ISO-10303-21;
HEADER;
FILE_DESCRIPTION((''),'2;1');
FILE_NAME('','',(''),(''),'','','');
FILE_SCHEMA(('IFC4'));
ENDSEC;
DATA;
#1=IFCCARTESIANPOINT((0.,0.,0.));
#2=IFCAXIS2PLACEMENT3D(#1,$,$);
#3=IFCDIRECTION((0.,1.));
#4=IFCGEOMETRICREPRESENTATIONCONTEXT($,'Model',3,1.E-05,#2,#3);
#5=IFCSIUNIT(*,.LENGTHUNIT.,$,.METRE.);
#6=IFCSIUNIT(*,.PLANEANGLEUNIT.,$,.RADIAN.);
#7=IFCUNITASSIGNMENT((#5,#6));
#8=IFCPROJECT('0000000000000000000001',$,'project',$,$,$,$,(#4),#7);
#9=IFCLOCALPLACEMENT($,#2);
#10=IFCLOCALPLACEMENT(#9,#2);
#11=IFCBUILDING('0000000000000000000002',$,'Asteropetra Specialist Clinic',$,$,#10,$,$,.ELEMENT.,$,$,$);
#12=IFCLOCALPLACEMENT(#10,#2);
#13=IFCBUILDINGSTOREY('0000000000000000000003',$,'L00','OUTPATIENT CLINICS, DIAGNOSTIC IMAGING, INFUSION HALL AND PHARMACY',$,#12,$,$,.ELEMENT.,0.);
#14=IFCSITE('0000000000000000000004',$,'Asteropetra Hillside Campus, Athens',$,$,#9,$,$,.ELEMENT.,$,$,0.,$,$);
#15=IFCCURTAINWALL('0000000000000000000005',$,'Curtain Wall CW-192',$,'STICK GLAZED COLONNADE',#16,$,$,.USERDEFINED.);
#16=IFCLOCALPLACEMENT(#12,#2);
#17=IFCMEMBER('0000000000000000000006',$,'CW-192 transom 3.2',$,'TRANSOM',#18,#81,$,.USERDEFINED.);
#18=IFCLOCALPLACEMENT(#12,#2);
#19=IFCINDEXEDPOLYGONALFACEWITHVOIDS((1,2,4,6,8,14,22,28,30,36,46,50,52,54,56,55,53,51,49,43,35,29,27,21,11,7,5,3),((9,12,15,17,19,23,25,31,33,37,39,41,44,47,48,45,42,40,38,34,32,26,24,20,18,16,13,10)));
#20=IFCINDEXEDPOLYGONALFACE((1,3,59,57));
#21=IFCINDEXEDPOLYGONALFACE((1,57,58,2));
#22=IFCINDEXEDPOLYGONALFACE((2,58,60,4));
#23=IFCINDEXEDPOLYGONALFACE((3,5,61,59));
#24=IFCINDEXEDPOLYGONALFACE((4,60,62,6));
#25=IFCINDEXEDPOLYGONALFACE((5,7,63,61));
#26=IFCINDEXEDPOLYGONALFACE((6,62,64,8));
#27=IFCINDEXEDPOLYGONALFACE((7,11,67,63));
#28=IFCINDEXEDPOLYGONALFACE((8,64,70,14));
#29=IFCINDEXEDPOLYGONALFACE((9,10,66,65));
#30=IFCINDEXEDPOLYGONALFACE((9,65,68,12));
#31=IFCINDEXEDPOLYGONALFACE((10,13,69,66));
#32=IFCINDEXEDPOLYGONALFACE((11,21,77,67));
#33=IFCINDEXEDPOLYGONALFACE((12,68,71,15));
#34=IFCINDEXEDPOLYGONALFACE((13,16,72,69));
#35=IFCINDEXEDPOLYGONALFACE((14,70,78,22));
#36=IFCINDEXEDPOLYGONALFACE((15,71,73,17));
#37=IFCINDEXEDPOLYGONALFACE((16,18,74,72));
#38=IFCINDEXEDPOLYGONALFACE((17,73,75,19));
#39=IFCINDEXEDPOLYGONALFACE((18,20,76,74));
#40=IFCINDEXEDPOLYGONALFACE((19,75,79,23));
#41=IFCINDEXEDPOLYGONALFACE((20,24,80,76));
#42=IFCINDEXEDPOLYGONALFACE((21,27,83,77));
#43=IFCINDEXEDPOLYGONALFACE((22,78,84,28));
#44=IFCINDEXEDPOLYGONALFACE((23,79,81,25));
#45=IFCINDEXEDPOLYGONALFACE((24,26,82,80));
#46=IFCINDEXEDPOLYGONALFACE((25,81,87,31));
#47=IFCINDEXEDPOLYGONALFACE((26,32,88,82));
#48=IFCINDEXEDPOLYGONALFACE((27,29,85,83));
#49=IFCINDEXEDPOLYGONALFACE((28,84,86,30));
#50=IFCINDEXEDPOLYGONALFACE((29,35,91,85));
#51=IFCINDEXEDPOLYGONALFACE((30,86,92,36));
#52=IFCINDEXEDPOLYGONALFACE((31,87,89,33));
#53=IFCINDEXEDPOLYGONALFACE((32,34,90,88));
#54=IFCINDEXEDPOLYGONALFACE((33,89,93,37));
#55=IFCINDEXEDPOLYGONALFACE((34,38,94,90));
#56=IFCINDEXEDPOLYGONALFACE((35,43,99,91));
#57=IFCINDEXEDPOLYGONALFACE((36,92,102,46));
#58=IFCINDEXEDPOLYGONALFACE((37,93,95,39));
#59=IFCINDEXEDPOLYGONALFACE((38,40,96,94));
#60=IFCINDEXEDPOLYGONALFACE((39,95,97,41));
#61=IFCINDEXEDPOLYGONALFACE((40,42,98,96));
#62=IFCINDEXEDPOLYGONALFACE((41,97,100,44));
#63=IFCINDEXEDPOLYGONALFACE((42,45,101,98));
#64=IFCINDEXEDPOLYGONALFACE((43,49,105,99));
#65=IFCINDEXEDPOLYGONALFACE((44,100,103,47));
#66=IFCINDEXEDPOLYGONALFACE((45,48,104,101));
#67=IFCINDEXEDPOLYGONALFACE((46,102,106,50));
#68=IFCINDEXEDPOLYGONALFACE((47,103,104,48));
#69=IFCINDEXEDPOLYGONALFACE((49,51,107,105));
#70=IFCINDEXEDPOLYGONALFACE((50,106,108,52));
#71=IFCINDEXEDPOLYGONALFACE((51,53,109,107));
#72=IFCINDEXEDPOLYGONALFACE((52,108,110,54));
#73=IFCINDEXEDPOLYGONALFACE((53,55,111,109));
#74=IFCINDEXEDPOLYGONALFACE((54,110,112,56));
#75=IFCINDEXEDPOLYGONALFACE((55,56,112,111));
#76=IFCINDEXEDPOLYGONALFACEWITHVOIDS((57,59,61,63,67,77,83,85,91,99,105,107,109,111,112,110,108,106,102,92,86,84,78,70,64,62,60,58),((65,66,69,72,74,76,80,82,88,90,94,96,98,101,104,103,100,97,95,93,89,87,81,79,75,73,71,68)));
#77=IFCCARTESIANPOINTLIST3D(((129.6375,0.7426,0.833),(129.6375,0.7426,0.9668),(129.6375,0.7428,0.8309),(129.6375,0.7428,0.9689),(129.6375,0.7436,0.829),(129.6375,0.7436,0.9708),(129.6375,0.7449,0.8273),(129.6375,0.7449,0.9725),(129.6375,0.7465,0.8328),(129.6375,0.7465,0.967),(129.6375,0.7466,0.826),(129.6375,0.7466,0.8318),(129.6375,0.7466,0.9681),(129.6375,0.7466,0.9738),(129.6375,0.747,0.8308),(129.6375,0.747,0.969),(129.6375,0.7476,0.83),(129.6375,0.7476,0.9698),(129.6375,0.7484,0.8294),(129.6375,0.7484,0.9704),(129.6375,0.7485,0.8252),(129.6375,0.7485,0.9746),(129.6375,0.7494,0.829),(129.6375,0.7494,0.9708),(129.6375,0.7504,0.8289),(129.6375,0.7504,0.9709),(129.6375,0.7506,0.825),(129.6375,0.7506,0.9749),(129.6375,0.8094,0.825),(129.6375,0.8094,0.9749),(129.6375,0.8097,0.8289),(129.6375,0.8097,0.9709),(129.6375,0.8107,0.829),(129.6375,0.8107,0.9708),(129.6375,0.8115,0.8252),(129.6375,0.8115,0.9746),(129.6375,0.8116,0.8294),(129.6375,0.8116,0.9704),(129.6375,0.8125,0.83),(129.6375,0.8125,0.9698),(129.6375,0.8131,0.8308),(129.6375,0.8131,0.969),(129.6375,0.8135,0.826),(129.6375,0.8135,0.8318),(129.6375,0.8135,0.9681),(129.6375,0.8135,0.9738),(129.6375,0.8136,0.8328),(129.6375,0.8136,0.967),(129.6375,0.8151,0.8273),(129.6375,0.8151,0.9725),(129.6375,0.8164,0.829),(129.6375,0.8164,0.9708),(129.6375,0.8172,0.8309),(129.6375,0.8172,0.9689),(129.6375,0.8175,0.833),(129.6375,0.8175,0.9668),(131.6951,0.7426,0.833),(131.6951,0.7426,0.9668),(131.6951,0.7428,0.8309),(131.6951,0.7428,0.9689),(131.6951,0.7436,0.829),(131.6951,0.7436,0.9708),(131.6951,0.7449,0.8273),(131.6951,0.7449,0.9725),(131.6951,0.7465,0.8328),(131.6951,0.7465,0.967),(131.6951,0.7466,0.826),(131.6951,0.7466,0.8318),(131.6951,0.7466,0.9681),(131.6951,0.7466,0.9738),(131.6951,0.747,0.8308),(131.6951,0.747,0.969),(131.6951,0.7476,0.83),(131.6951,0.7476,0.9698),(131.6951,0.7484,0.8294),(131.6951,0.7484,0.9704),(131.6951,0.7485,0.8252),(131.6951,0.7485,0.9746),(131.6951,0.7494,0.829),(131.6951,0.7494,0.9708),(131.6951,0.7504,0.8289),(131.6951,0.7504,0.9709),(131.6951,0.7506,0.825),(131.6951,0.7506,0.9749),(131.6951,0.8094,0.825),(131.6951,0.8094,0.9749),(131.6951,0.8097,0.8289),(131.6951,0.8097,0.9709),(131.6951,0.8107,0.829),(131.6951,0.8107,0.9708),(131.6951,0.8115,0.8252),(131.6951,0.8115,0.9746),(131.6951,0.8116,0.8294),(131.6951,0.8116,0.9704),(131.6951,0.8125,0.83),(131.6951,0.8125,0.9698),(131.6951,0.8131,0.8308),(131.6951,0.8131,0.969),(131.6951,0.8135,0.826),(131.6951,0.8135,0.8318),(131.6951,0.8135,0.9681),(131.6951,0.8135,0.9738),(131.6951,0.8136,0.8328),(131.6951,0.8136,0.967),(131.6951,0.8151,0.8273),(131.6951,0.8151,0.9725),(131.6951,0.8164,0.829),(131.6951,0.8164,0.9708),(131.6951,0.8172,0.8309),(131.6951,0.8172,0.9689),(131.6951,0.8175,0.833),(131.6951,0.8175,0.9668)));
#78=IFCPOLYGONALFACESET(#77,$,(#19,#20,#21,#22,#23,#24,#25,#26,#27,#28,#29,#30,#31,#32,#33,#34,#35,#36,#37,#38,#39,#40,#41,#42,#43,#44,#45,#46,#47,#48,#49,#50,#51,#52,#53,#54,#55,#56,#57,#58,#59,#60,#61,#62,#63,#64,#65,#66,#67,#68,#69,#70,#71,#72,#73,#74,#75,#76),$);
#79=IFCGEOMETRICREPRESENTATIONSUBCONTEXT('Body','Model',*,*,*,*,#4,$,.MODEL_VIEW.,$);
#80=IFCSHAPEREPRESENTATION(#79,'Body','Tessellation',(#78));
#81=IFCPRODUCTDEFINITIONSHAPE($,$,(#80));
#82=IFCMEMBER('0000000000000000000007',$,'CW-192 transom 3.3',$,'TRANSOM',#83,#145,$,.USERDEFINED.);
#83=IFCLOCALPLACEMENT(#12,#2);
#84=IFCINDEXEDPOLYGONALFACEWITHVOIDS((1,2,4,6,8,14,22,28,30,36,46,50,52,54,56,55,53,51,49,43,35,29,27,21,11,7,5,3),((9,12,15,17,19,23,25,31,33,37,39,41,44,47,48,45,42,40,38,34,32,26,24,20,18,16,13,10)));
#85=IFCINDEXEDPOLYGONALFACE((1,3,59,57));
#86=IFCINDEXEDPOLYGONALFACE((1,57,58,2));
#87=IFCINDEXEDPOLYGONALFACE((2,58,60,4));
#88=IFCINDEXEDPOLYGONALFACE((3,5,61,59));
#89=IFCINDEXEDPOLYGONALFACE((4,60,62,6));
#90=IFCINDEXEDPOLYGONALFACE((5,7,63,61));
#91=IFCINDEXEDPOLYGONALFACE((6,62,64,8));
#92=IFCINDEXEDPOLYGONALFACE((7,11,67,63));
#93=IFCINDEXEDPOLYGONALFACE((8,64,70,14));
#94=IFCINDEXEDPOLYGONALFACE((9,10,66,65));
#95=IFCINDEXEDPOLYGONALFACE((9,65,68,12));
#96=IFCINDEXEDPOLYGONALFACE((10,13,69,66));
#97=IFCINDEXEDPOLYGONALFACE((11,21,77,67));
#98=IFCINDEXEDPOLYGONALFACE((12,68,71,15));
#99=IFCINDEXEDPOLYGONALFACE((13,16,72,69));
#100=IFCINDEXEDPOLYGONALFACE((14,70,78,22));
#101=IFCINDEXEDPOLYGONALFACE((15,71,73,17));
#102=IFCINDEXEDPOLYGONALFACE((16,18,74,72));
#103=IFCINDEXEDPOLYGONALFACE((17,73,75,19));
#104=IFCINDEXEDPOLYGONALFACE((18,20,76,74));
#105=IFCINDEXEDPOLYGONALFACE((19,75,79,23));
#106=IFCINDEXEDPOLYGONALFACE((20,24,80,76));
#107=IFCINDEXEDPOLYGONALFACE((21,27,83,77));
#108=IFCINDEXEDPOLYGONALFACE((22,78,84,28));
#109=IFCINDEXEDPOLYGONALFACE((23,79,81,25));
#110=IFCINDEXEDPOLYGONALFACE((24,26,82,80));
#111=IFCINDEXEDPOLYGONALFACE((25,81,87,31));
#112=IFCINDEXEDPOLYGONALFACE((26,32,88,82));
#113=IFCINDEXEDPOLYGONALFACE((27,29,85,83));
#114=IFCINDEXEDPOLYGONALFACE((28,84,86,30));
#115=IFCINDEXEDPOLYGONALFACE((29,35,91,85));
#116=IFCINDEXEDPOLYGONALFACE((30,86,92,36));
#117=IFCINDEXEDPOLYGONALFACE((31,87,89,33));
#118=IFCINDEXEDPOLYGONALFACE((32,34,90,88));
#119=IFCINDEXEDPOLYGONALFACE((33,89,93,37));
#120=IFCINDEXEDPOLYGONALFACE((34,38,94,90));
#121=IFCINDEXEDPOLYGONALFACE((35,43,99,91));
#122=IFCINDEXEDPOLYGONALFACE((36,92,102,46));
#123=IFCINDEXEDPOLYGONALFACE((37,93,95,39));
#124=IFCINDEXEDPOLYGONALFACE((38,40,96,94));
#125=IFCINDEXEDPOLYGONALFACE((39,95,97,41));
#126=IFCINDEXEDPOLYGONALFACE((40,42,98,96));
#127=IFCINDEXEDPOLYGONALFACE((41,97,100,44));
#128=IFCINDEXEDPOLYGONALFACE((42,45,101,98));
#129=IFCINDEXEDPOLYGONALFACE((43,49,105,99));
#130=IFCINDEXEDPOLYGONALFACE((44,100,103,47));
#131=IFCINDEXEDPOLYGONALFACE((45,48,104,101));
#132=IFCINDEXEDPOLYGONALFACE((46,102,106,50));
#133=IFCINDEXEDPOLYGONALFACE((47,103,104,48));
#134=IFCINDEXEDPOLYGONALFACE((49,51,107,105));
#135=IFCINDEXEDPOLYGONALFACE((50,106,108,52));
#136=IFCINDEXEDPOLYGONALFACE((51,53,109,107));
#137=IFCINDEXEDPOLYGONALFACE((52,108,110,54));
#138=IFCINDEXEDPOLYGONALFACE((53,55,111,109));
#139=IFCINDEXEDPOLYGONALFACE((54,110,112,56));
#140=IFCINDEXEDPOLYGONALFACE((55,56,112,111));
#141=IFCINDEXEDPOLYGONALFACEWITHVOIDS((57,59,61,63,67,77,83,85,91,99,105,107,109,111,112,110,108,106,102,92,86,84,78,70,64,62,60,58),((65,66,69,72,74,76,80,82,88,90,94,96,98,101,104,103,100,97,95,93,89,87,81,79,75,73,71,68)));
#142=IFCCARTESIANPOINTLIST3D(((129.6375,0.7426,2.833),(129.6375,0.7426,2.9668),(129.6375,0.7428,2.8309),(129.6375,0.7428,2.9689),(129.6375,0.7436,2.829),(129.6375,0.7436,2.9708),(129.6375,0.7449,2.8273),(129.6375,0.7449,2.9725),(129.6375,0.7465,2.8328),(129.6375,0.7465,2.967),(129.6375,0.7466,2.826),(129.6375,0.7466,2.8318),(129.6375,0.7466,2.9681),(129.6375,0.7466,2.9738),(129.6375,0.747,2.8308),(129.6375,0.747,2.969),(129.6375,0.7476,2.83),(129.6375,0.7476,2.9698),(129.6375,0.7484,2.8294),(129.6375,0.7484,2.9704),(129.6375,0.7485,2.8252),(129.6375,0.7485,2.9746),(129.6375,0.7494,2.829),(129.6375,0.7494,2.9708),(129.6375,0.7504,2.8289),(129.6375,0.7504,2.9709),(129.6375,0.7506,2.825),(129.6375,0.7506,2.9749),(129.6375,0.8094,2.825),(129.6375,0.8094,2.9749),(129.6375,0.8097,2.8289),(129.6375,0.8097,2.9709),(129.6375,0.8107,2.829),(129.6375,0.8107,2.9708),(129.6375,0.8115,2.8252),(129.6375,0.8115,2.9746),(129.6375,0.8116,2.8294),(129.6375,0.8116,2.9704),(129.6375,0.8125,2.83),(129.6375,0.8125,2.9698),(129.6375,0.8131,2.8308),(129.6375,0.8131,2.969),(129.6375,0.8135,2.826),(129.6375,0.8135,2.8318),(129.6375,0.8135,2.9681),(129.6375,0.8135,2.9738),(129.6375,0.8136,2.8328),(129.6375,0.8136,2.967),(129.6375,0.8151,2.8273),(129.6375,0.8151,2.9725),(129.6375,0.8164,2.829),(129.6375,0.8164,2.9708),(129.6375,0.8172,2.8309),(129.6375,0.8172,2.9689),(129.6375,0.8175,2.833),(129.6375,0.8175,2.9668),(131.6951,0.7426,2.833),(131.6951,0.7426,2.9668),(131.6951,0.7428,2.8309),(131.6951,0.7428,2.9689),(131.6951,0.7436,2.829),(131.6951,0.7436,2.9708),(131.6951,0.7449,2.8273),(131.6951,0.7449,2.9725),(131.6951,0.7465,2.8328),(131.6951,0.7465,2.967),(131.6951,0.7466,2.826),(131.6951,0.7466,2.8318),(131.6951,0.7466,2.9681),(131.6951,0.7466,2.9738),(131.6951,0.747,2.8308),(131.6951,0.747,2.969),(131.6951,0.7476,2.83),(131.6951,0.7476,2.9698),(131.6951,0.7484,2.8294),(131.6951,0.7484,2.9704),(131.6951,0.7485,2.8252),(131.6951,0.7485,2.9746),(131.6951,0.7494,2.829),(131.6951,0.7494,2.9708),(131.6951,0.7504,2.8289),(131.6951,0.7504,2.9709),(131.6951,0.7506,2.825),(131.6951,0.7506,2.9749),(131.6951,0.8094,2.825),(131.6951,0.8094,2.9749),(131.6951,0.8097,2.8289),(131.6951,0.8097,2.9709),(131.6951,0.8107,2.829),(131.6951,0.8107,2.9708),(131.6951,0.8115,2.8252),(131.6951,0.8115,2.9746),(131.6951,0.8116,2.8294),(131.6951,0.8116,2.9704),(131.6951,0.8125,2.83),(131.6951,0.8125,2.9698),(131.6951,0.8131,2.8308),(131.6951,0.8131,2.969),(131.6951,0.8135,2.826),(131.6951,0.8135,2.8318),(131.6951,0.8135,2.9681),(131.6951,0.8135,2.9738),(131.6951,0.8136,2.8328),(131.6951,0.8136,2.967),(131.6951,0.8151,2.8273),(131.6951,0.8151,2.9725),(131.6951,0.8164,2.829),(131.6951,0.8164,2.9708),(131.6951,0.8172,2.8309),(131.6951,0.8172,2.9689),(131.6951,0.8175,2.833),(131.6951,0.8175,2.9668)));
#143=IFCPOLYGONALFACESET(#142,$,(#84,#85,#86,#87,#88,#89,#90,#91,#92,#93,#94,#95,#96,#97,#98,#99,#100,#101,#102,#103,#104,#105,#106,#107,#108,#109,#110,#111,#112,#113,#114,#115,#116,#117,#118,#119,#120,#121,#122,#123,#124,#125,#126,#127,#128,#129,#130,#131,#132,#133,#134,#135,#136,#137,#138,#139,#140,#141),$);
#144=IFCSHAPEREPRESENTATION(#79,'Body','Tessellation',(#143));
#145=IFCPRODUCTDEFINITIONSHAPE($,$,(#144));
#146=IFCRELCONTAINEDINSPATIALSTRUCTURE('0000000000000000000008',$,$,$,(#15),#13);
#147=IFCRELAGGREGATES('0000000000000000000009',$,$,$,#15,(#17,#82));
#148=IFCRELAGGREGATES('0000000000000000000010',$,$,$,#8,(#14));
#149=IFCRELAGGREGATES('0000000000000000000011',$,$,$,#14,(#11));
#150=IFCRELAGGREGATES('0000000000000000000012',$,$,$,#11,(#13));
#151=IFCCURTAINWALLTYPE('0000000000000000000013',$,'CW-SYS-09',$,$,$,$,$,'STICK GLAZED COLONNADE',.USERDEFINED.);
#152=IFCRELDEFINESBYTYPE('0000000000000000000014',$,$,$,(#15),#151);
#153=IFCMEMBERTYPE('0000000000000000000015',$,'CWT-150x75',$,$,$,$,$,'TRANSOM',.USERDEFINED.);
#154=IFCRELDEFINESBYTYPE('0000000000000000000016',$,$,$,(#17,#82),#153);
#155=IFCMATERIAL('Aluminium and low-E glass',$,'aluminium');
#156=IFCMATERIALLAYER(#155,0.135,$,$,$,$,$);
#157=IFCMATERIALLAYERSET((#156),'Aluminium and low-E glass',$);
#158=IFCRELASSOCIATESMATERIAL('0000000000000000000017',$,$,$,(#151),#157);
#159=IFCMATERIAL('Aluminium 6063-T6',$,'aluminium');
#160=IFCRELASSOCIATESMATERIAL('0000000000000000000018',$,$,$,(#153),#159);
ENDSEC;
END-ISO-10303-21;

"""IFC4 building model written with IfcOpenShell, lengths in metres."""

from ifc_helpers import new_model, si_unit, direction, frame, origin, origin_2d, place, context, subcontext, project, spatial, hollow_rectangle, extrude, material, layer, layer_set, material_profile, profile_set, type_object, element, aggregate, save


model = new_model("IFC4")

# Units and contexts
model_context = context("Model", 3, precision=1e-05, world=origin(), true_north=direction((0.0, 1.0)))
body_context = subcontext(model_context, "Body", "Model", "MODEL_VIEW")
ifc_project = project(units=[si_unit("LENGTHUNIT", "METRE"), si_unit("PLANEANGLEUNIT", "RADIAN")], contexts=[model_context])

# Site, building, storey
site_placement = place(None, origin())
site = spatial("IfcSite", under=ifc_project, at=site_placement, Name="Asteropetra Hillside Campus, Athens", CompositionType="ELEMENT", RefElevation=0.0)
building_placement = place(site_placement, origin())
building = spatial("IfcBuilding", under=site, at=building_placement, Name="Asteropetra Specialist Clinic", CompositionType="ELEMENT")
storey_placement = place(building_placement, origin())
storey = spatial("IfcBuildingStorey", under=building, at=storey_placement, Name="L00", Description="OUTPATIENT CLINICS, DIAGNOSTIC IMAGING, INFUSION HALL AND PHARMACY", CompositionType="ELEMENT", Elevation=0.0)

# Curtain wall, members
ifc_material_1 = material(Name="Aluminium and low-E glass", Category="aluminium")
ifc_layer_1 = layer(ifc_material_1, 0.135)
ifc_layer_set_1 = layer_set([ifc_layer_1], Name="Aluminium and low-E glass")
curtain_wall_type = type_object("IfcCurtainWallType", Name="CW-SYS-09", ElementType="STICK GLAZED COLONNADE", PredefinedType="USERDEFINED", material=ifc_layer_set_1)
curtain_wall_placement = place(storey_placement, origin())
curtain_wall = element("IfcCurtainWall", 1, at=curtain_wall_placement, inside=storey, type_object=curtain_wall_type, Name="Curtain Wall CW-192", ObjectType="STICK GLAZED COLONNADE", PredefinedType="USERDEFINED")
ifc_material_2 = material(Name="Aluminium 6063-T6", Category="aluminium")
ifc_material_profile_1 = material_profile(ifc_material_2, hollow_rectangle(XDim=0.075, YDim=0.1499, WallThickness=0.0039, InnerFilletRadius=0.0039, OuterFilletRadius=0.0081, at=origin_2d()), Name="TRN 150x75x4.0")
ifc_profile_set_1 = profile_set([ifc_material_profile_1], Name="Aluminium 6063-T6")
member_type_1 = type_object("IfcMemberType", Name="CWT-150x75", ElementType="TRANSOM", PredefinedType="USERDEFINED", material=ifc_profile_set_1)
member_1_placement = place(storey_placement, frame((129.6375, 0.78, 0.8999), z_axis=(1.0, 0.0, 0.0), x_axis=(0.0, 1.0, 0.0)))
member_1 = element("IfcMember", 2, at=member_1_placement, type_object=member_type_1, Name="CW-192 transom 3.2", ObjectType="TRANSOM", PredefinedType="USERDEFINED", context=body_context, shape_type="SweptSolid", body=[
    extrude(hollow_rectangle(XDim=0.075, YDim=0.1499, WallThickness=0.0039, InnerFilletRadius=0.0039, OuterFilletRadius=0.0081, at=origin_2d()), origin(), (0.0, 0.0, 1.0), 2.0576),
])
member_2_placement = place(storey_placement, frame((129.6375, 0.78, 2.8999), z_axis=(1.0, 0.0, 0.0), x_axis=(0.0, 1.0, 0.0)))
member_2 = element("IfcMember", 3, at=member_2_placement, type_object=member_type_1, Name="CW-192 transom 3.3", ObjectType="TRANSOM", PredefinedType="USERDEFINED", context=body_context, shape_type="SweptSolid", body=[
    extrude(hollow_rectangle(XDim=0.075, YDim=0.1499, WallThickness=0.0039, InnerFilletRadius=0.0039, OuterFilletRadius=0.0081, at=origin_2d()), origin(), (0.0, 0.0, 1.0), 2.0576),
])
aggregate(curtain_wall, [member_1, member_2])

save(model, "model.ifc")
